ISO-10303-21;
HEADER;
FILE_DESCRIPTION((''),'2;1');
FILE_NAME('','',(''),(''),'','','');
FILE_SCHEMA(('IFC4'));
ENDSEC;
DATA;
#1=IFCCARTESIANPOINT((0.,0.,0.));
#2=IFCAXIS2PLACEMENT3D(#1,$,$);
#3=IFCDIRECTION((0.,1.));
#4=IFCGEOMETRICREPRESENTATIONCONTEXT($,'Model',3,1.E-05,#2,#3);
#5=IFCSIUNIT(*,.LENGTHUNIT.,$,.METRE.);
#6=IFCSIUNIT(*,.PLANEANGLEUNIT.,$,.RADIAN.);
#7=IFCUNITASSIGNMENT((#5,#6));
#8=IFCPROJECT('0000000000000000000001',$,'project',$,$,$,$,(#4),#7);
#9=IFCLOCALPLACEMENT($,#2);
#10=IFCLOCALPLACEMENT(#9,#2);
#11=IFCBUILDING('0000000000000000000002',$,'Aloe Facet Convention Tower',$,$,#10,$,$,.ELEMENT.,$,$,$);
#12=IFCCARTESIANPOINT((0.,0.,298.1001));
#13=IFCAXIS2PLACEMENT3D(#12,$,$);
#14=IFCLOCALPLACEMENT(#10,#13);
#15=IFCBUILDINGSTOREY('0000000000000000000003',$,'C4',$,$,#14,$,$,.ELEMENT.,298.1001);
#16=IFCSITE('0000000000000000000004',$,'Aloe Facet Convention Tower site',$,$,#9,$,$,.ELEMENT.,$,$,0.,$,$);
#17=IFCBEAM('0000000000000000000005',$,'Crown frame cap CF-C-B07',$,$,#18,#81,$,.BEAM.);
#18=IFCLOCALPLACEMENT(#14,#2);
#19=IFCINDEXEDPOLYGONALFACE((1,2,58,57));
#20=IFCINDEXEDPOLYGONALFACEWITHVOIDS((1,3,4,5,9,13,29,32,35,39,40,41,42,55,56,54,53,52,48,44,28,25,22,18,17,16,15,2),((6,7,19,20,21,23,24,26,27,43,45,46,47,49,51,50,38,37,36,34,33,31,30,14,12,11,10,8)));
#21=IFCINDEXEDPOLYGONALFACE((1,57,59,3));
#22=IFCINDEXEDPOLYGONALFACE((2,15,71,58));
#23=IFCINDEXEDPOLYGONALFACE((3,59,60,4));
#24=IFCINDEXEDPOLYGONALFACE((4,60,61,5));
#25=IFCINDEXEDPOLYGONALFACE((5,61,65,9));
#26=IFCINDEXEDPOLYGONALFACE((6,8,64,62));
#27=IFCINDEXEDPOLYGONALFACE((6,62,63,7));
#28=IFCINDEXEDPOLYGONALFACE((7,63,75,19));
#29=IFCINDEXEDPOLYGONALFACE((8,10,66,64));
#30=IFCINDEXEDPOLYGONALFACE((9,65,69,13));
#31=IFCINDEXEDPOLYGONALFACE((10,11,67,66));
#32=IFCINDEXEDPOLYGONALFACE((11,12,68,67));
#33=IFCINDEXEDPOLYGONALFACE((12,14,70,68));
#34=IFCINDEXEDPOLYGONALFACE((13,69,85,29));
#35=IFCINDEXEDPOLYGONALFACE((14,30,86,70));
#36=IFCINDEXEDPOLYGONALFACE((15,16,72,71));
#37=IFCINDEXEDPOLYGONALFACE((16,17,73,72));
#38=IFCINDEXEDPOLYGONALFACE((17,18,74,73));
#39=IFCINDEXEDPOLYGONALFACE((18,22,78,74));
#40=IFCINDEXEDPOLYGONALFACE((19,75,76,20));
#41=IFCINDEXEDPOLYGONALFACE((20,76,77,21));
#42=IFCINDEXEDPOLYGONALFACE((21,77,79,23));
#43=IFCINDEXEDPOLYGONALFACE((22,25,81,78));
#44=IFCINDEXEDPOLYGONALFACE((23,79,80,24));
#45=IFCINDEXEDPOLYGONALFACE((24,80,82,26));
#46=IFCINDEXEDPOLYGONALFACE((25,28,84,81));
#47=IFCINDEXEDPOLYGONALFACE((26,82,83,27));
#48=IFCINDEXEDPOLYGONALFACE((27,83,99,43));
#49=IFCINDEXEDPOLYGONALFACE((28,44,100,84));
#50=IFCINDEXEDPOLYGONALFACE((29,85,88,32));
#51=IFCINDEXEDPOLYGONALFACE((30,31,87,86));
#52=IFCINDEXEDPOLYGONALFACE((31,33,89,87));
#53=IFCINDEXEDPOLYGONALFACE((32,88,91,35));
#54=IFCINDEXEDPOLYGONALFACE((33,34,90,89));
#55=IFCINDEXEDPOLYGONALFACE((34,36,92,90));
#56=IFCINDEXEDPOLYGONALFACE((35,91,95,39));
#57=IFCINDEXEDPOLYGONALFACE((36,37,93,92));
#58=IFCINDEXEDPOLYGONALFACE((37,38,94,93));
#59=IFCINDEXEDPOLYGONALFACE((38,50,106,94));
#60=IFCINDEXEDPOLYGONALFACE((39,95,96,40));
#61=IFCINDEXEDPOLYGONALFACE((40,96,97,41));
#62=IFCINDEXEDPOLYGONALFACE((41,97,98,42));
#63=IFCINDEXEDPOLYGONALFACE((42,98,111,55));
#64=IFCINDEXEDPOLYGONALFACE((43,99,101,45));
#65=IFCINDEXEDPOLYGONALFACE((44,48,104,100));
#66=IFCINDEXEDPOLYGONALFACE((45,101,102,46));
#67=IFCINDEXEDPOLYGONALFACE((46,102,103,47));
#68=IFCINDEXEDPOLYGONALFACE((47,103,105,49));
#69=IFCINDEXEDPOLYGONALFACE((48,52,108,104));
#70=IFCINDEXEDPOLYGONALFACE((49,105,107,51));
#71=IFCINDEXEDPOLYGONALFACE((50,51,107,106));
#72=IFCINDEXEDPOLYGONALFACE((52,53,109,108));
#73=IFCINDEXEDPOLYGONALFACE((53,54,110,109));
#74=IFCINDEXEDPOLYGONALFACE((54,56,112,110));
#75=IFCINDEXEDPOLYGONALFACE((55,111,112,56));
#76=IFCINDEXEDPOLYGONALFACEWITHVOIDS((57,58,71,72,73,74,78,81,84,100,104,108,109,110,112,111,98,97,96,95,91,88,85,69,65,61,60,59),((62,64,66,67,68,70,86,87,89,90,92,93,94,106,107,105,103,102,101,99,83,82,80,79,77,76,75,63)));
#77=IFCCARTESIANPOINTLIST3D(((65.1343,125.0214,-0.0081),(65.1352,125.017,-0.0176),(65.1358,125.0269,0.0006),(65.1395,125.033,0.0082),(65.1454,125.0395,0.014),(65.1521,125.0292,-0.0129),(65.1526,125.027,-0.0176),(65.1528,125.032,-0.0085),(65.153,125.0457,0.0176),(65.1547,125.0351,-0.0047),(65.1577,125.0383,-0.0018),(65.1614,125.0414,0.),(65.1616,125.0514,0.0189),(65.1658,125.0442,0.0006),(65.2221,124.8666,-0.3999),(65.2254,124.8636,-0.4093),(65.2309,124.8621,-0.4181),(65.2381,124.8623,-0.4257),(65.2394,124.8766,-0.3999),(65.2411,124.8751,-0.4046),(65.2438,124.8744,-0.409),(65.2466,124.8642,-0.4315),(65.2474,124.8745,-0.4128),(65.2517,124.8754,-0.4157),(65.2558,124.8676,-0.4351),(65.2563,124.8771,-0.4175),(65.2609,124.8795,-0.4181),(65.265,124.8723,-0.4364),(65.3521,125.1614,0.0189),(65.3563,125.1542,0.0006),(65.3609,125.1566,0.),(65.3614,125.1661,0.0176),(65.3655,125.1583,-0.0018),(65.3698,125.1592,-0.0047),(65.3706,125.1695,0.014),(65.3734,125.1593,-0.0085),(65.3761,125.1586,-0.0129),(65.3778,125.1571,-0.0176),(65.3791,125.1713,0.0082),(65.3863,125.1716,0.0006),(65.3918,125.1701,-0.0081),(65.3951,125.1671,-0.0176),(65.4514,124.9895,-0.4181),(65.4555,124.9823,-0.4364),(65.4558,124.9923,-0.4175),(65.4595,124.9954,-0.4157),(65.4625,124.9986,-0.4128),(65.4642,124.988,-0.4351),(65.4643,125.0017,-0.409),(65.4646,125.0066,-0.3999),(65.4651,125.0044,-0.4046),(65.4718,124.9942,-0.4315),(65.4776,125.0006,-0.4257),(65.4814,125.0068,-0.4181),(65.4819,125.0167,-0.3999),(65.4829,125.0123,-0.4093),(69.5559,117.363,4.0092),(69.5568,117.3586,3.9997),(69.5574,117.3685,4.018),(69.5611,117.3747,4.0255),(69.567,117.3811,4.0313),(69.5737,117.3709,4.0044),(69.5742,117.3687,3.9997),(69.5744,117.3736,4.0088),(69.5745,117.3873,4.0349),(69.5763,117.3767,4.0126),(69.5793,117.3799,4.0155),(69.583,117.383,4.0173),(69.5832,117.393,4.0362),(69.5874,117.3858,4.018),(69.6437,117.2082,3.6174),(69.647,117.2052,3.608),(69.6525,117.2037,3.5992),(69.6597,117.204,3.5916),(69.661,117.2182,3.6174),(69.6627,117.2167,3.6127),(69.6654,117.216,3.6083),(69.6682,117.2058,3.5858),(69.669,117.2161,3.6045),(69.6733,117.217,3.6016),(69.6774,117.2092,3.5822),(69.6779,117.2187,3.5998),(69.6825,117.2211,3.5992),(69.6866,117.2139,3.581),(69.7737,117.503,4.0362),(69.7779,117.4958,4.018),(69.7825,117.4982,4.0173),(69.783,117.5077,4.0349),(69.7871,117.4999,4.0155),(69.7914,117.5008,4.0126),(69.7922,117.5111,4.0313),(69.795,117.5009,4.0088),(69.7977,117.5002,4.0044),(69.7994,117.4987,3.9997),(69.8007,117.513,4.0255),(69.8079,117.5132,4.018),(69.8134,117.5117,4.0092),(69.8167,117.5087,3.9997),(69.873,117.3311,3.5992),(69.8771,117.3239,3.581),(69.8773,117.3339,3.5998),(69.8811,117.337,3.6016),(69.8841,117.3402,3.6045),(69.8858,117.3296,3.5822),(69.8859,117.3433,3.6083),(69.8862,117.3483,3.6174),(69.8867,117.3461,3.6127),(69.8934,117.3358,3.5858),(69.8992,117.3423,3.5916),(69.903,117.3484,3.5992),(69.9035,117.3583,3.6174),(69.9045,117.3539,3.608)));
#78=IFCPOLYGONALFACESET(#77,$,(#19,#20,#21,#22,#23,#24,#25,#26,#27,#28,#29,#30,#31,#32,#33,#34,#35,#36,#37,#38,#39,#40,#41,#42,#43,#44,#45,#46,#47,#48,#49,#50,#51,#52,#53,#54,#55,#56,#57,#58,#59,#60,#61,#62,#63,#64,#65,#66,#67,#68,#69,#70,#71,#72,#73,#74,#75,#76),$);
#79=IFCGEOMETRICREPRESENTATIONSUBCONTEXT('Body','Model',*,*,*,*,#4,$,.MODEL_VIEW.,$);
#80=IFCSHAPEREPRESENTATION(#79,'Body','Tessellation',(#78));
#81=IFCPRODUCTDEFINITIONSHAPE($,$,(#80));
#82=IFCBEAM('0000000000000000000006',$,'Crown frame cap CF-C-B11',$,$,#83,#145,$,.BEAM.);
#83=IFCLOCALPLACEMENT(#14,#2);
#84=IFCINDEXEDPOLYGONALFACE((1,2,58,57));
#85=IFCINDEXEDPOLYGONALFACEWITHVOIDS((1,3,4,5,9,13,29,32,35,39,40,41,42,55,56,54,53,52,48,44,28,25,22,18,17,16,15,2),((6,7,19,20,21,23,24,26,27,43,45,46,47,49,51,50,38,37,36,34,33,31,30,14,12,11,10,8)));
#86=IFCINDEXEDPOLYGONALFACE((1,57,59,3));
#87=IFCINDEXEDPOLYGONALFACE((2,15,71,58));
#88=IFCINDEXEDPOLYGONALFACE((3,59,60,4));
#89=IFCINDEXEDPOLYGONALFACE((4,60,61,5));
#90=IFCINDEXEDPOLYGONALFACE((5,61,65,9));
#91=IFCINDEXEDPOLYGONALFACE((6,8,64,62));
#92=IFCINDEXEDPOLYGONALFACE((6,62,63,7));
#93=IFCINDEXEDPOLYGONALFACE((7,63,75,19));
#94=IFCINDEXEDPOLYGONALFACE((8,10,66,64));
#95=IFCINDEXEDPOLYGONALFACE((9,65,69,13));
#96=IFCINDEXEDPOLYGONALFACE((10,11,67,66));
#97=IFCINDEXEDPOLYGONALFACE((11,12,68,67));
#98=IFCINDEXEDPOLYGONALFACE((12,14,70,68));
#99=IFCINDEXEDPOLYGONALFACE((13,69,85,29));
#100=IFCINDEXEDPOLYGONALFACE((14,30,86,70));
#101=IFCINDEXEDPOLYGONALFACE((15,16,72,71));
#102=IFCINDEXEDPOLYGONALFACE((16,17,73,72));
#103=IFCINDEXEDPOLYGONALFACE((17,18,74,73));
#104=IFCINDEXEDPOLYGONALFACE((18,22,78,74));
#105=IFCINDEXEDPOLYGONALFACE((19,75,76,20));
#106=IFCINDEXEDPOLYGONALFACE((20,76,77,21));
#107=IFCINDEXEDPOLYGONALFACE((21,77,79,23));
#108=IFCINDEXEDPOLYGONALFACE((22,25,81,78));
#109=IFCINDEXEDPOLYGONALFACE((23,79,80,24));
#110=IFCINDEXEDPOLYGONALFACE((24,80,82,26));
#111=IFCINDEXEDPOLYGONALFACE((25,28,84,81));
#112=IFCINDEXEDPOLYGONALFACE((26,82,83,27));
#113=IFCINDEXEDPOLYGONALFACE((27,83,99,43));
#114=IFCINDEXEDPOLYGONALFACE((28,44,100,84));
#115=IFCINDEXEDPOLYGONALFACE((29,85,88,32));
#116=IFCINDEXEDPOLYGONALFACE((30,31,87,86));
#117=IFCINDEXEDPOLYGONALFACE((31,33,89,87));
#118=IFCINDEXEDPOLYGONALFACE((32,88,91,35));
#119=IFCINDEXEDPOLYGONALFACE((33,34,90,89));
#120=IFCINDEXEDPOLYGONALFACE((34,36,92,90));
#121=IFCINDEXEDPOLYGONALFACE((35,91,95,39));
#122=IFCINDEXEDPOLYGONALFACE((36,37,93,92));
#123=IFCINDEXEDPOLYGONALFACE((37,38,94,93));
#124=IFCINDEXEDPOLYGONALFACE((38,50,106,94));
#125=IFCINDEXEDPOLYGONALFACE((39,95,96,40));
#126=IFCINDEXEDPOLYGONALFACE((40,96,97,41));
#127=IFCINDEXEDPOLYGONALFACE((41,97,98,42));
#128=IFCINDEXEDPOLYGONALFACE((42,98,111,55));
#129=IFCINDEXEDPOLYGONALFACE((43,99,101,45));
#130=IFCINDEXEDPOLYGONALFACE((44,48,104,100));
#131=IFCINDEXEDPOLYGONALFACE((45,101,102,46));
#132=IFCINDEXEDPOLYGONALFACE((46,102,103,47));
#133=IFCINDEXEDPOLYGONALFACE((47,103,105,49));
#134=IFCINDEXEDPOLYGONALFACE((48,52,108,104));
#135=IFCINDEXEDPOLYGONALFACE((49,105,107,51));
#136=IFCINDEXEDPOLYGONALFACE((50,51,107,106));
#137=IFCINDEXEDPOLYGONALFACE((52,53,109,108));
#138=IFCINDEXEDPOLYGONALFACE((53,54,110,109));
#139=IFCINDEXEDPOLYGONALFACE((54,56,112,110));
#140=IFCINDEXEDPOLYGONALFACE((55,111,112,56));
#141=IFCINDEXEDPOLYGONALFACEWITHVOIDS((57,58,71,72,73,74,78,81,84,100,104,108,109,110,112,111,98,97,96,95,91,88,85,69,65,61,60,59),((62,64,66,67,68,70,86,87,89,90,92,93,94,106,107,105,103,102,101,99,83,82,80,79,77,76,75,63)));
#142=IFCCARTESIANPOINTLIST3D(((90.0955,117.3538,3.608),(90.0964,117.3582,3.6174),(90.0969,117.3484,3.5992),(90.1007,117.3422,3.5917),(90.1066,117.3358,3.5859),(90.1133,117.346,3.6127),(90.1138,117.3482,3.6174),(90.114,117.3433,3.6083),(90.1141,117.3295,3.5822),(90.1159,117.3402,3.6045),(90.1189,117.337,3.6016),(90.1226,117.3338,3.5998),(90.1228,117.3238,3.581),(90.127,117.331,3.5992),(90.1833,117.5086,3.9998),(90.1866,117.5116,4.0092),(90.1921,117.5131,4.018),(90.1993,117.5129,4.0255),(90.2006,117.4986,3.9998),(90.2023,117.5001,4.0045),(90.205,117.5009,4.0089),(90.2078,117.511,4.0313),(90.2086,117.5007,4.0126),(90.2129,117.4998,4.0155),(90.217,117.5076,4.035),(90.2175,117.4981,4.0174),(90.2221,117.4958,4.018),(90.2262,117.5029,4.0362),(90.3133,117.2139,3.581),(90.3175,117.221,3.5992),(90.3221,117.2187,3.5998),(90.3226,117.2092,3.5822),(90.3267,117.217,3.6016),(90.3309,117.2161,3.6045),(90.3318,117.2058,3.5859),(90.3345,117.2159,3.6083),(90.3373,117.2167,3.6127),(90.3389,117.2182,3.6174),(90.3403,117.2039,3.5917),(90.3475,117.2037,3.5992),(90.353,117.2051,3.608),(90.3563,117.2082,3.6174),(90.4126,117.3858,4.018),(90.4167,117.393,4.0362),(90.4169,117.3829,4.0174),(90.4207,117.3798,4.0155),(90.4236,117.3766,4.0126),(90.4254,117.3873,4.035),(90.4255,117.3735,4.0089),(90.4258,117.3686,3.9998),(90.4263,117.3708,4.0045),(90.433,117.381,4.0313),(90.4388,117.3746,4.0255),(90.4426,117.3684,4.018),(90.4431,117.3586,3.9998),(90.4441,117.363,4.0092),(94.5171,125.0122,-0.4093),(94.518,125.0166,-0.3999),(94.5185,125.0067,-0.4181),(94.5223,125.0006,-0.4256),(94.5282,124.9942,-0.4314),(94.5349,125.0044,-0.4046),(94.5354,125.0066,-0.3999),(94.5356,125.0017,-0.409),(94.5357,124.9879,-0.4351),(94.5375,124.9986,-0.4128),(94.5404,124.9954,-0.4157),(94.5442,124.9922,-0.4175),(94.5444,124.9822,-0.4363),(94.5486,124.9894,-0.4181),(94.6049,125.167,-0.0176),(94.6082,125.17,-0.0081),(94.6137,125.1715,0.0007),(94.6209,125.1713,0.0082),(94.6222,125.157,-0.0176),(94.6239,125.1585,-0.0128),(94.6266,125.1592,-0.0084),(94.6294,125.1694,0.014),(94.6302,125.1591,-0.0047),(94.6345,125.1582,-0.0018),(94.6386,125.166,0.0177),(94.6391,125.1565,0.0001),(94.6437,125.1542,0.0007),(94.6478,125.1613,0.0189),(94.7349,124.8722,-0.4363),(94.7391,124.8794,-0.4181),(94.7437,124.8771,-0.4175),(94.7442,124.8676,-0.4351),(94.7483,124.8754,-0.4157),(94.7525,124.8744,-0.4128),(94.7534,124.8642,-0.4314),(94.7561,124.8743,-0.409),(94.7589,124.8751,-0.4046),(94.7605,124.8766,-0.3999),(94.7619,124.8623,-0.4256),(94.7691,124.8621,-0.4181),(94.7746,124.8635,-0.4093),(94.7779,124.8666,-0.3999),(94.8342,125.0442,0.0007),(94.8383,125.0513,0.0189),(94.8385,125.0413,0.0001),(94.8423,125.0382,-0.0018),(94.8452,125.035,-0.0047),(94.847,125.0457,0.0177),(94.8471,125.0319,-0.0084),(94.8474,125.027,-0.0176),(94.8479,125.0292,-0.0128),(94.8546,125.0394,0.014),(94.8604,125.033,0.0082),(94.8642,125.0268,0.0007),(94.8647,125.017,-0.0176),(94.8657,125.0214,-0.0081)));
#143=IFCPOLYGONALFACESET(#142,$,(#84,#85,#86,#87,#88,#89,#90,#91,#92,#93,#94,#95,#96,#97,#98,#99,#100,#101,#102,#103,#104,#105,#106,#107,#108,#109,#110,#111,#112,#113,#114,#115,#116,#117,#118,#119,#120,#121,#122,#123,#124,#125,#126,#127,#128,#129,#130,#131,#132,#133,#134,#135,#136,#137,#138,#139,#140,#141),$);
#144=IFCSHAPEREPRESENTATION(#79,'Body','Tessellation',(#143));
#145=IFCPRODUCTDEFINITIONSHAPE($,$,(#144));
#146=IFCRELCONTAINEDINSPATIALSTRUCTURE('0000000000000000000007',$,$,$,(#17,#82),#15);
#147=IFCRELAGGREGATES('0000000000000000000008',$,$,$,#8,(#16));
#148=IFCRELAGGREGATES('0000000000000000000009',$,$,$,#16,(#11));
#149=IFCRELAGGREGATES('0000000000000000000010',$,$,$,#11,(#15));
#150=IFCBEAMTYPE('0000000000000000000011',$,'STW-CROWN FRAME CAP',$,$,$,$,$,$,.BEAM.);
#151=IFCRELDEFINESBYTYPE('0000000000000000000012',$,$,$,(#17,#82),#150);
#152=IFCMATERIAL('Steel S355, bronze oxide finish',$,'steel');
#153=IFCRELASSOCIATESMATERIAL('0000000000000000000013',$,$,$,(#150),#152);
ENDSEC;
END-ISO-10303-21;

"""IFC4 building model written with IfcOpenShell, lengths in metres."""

from ifc_helpers import new_model, si_unit, direction, frame, origin, origin_2d, place, context, subcontext, project, spatial, hollow_rectangle, extrude, material, material_profile, profile_set, type_object, element, save


model = new_model("IFC4")

# Units and contexts
model_context = context("Model", 3, precision=1e-05, world=origin(), true_north=direction((0.0, 1.0)))
body_context = subcontext(model_context, "Body", "Model", "MODEL_VIEW")
ifc_project = project(units=[si_unit("LENGTHUNIT", "METRE"), si_unit("PLANEANGLEUNIT", "RADIAN")], contexts=[model_context])

# Site, building, storey
site_placement = place(None, origin())
site = spatial("IfcSite", under=ifc_project, at=site_placement, Name="Aloe Facet Convention Tower site", CompositionType="ELEMENT", RefElevation=0.0)
building_placement = place(site_placement, origin())
building = spatial("IfcBuilding", under=site, at=building_placement, Name="Aloe Facet Convention Tower", CompositionType="ELEMENT")
storey_placement = place(building_placement, frame((0.0, 0.0, 298.1001)))
storey = spatial("IfcBuildingStorey", under=building, at=storey_placement, Name="C4", CompositionType="ELEMENT", Elevation=298.1001)

# Beams
ifc_material_1 = material(Name="Steel S355, bronze oxide finish", Category="steel")
ifc_material_profile_1 = material_profile(ifc_material_1, hollow_rectangle(XDim=0.3, YDim=0.5, WallThickness=0.02, InnerFilletRadius=0.02, OuterFilletRadius=0.04, at=origin_2d()), Name="RHS 500x300x20")
ifc_profile_set_1 = profile_set([ifc_material_profile_1], Name="Steel S355, bronze oxide finish")
beam_type_1 = type_object("IfcBeamType", Name="STW-CROWN FRAME CAP", PredefinedType="BEAM", material=ifc_profile_set_1)
for number, where, z_axis, x_axis, name in (
    (1, (65.3086, 125.0168, -0.2087), (0.45523, -0.788477, 0.413606), (0.866024, 0.500002, 0.0), "Crown frame cap CF-C-B07"),
    (2, (90.2698, 117.3584, 3.8086), (0.45523, 0.788477, -0.413606), (-0.866024, 0.500002, 0.0), "Crown frame cap CF-C-B11"),
):
    element("IfcBeam", number, at=place(storey_placement, frame(where, z_axis=z_axis, x_axis=x_axis)), inside=storey, type_object=beam_type_1, Name=name, PredefinedType="BEAM", context=body_context, shape_type="SweptSolid", body=[
        extrude(hollow_rectangle(XDim=0.3, YDim=0.5, WallThickness=0.02, InnerFilletRadius=0.02, OuterFilletRadius=0.04, at=origin_2d()), origin(), (0.0, 0.0, 1.0), 9.7129),
    ])

save(model, "model.ifc")
